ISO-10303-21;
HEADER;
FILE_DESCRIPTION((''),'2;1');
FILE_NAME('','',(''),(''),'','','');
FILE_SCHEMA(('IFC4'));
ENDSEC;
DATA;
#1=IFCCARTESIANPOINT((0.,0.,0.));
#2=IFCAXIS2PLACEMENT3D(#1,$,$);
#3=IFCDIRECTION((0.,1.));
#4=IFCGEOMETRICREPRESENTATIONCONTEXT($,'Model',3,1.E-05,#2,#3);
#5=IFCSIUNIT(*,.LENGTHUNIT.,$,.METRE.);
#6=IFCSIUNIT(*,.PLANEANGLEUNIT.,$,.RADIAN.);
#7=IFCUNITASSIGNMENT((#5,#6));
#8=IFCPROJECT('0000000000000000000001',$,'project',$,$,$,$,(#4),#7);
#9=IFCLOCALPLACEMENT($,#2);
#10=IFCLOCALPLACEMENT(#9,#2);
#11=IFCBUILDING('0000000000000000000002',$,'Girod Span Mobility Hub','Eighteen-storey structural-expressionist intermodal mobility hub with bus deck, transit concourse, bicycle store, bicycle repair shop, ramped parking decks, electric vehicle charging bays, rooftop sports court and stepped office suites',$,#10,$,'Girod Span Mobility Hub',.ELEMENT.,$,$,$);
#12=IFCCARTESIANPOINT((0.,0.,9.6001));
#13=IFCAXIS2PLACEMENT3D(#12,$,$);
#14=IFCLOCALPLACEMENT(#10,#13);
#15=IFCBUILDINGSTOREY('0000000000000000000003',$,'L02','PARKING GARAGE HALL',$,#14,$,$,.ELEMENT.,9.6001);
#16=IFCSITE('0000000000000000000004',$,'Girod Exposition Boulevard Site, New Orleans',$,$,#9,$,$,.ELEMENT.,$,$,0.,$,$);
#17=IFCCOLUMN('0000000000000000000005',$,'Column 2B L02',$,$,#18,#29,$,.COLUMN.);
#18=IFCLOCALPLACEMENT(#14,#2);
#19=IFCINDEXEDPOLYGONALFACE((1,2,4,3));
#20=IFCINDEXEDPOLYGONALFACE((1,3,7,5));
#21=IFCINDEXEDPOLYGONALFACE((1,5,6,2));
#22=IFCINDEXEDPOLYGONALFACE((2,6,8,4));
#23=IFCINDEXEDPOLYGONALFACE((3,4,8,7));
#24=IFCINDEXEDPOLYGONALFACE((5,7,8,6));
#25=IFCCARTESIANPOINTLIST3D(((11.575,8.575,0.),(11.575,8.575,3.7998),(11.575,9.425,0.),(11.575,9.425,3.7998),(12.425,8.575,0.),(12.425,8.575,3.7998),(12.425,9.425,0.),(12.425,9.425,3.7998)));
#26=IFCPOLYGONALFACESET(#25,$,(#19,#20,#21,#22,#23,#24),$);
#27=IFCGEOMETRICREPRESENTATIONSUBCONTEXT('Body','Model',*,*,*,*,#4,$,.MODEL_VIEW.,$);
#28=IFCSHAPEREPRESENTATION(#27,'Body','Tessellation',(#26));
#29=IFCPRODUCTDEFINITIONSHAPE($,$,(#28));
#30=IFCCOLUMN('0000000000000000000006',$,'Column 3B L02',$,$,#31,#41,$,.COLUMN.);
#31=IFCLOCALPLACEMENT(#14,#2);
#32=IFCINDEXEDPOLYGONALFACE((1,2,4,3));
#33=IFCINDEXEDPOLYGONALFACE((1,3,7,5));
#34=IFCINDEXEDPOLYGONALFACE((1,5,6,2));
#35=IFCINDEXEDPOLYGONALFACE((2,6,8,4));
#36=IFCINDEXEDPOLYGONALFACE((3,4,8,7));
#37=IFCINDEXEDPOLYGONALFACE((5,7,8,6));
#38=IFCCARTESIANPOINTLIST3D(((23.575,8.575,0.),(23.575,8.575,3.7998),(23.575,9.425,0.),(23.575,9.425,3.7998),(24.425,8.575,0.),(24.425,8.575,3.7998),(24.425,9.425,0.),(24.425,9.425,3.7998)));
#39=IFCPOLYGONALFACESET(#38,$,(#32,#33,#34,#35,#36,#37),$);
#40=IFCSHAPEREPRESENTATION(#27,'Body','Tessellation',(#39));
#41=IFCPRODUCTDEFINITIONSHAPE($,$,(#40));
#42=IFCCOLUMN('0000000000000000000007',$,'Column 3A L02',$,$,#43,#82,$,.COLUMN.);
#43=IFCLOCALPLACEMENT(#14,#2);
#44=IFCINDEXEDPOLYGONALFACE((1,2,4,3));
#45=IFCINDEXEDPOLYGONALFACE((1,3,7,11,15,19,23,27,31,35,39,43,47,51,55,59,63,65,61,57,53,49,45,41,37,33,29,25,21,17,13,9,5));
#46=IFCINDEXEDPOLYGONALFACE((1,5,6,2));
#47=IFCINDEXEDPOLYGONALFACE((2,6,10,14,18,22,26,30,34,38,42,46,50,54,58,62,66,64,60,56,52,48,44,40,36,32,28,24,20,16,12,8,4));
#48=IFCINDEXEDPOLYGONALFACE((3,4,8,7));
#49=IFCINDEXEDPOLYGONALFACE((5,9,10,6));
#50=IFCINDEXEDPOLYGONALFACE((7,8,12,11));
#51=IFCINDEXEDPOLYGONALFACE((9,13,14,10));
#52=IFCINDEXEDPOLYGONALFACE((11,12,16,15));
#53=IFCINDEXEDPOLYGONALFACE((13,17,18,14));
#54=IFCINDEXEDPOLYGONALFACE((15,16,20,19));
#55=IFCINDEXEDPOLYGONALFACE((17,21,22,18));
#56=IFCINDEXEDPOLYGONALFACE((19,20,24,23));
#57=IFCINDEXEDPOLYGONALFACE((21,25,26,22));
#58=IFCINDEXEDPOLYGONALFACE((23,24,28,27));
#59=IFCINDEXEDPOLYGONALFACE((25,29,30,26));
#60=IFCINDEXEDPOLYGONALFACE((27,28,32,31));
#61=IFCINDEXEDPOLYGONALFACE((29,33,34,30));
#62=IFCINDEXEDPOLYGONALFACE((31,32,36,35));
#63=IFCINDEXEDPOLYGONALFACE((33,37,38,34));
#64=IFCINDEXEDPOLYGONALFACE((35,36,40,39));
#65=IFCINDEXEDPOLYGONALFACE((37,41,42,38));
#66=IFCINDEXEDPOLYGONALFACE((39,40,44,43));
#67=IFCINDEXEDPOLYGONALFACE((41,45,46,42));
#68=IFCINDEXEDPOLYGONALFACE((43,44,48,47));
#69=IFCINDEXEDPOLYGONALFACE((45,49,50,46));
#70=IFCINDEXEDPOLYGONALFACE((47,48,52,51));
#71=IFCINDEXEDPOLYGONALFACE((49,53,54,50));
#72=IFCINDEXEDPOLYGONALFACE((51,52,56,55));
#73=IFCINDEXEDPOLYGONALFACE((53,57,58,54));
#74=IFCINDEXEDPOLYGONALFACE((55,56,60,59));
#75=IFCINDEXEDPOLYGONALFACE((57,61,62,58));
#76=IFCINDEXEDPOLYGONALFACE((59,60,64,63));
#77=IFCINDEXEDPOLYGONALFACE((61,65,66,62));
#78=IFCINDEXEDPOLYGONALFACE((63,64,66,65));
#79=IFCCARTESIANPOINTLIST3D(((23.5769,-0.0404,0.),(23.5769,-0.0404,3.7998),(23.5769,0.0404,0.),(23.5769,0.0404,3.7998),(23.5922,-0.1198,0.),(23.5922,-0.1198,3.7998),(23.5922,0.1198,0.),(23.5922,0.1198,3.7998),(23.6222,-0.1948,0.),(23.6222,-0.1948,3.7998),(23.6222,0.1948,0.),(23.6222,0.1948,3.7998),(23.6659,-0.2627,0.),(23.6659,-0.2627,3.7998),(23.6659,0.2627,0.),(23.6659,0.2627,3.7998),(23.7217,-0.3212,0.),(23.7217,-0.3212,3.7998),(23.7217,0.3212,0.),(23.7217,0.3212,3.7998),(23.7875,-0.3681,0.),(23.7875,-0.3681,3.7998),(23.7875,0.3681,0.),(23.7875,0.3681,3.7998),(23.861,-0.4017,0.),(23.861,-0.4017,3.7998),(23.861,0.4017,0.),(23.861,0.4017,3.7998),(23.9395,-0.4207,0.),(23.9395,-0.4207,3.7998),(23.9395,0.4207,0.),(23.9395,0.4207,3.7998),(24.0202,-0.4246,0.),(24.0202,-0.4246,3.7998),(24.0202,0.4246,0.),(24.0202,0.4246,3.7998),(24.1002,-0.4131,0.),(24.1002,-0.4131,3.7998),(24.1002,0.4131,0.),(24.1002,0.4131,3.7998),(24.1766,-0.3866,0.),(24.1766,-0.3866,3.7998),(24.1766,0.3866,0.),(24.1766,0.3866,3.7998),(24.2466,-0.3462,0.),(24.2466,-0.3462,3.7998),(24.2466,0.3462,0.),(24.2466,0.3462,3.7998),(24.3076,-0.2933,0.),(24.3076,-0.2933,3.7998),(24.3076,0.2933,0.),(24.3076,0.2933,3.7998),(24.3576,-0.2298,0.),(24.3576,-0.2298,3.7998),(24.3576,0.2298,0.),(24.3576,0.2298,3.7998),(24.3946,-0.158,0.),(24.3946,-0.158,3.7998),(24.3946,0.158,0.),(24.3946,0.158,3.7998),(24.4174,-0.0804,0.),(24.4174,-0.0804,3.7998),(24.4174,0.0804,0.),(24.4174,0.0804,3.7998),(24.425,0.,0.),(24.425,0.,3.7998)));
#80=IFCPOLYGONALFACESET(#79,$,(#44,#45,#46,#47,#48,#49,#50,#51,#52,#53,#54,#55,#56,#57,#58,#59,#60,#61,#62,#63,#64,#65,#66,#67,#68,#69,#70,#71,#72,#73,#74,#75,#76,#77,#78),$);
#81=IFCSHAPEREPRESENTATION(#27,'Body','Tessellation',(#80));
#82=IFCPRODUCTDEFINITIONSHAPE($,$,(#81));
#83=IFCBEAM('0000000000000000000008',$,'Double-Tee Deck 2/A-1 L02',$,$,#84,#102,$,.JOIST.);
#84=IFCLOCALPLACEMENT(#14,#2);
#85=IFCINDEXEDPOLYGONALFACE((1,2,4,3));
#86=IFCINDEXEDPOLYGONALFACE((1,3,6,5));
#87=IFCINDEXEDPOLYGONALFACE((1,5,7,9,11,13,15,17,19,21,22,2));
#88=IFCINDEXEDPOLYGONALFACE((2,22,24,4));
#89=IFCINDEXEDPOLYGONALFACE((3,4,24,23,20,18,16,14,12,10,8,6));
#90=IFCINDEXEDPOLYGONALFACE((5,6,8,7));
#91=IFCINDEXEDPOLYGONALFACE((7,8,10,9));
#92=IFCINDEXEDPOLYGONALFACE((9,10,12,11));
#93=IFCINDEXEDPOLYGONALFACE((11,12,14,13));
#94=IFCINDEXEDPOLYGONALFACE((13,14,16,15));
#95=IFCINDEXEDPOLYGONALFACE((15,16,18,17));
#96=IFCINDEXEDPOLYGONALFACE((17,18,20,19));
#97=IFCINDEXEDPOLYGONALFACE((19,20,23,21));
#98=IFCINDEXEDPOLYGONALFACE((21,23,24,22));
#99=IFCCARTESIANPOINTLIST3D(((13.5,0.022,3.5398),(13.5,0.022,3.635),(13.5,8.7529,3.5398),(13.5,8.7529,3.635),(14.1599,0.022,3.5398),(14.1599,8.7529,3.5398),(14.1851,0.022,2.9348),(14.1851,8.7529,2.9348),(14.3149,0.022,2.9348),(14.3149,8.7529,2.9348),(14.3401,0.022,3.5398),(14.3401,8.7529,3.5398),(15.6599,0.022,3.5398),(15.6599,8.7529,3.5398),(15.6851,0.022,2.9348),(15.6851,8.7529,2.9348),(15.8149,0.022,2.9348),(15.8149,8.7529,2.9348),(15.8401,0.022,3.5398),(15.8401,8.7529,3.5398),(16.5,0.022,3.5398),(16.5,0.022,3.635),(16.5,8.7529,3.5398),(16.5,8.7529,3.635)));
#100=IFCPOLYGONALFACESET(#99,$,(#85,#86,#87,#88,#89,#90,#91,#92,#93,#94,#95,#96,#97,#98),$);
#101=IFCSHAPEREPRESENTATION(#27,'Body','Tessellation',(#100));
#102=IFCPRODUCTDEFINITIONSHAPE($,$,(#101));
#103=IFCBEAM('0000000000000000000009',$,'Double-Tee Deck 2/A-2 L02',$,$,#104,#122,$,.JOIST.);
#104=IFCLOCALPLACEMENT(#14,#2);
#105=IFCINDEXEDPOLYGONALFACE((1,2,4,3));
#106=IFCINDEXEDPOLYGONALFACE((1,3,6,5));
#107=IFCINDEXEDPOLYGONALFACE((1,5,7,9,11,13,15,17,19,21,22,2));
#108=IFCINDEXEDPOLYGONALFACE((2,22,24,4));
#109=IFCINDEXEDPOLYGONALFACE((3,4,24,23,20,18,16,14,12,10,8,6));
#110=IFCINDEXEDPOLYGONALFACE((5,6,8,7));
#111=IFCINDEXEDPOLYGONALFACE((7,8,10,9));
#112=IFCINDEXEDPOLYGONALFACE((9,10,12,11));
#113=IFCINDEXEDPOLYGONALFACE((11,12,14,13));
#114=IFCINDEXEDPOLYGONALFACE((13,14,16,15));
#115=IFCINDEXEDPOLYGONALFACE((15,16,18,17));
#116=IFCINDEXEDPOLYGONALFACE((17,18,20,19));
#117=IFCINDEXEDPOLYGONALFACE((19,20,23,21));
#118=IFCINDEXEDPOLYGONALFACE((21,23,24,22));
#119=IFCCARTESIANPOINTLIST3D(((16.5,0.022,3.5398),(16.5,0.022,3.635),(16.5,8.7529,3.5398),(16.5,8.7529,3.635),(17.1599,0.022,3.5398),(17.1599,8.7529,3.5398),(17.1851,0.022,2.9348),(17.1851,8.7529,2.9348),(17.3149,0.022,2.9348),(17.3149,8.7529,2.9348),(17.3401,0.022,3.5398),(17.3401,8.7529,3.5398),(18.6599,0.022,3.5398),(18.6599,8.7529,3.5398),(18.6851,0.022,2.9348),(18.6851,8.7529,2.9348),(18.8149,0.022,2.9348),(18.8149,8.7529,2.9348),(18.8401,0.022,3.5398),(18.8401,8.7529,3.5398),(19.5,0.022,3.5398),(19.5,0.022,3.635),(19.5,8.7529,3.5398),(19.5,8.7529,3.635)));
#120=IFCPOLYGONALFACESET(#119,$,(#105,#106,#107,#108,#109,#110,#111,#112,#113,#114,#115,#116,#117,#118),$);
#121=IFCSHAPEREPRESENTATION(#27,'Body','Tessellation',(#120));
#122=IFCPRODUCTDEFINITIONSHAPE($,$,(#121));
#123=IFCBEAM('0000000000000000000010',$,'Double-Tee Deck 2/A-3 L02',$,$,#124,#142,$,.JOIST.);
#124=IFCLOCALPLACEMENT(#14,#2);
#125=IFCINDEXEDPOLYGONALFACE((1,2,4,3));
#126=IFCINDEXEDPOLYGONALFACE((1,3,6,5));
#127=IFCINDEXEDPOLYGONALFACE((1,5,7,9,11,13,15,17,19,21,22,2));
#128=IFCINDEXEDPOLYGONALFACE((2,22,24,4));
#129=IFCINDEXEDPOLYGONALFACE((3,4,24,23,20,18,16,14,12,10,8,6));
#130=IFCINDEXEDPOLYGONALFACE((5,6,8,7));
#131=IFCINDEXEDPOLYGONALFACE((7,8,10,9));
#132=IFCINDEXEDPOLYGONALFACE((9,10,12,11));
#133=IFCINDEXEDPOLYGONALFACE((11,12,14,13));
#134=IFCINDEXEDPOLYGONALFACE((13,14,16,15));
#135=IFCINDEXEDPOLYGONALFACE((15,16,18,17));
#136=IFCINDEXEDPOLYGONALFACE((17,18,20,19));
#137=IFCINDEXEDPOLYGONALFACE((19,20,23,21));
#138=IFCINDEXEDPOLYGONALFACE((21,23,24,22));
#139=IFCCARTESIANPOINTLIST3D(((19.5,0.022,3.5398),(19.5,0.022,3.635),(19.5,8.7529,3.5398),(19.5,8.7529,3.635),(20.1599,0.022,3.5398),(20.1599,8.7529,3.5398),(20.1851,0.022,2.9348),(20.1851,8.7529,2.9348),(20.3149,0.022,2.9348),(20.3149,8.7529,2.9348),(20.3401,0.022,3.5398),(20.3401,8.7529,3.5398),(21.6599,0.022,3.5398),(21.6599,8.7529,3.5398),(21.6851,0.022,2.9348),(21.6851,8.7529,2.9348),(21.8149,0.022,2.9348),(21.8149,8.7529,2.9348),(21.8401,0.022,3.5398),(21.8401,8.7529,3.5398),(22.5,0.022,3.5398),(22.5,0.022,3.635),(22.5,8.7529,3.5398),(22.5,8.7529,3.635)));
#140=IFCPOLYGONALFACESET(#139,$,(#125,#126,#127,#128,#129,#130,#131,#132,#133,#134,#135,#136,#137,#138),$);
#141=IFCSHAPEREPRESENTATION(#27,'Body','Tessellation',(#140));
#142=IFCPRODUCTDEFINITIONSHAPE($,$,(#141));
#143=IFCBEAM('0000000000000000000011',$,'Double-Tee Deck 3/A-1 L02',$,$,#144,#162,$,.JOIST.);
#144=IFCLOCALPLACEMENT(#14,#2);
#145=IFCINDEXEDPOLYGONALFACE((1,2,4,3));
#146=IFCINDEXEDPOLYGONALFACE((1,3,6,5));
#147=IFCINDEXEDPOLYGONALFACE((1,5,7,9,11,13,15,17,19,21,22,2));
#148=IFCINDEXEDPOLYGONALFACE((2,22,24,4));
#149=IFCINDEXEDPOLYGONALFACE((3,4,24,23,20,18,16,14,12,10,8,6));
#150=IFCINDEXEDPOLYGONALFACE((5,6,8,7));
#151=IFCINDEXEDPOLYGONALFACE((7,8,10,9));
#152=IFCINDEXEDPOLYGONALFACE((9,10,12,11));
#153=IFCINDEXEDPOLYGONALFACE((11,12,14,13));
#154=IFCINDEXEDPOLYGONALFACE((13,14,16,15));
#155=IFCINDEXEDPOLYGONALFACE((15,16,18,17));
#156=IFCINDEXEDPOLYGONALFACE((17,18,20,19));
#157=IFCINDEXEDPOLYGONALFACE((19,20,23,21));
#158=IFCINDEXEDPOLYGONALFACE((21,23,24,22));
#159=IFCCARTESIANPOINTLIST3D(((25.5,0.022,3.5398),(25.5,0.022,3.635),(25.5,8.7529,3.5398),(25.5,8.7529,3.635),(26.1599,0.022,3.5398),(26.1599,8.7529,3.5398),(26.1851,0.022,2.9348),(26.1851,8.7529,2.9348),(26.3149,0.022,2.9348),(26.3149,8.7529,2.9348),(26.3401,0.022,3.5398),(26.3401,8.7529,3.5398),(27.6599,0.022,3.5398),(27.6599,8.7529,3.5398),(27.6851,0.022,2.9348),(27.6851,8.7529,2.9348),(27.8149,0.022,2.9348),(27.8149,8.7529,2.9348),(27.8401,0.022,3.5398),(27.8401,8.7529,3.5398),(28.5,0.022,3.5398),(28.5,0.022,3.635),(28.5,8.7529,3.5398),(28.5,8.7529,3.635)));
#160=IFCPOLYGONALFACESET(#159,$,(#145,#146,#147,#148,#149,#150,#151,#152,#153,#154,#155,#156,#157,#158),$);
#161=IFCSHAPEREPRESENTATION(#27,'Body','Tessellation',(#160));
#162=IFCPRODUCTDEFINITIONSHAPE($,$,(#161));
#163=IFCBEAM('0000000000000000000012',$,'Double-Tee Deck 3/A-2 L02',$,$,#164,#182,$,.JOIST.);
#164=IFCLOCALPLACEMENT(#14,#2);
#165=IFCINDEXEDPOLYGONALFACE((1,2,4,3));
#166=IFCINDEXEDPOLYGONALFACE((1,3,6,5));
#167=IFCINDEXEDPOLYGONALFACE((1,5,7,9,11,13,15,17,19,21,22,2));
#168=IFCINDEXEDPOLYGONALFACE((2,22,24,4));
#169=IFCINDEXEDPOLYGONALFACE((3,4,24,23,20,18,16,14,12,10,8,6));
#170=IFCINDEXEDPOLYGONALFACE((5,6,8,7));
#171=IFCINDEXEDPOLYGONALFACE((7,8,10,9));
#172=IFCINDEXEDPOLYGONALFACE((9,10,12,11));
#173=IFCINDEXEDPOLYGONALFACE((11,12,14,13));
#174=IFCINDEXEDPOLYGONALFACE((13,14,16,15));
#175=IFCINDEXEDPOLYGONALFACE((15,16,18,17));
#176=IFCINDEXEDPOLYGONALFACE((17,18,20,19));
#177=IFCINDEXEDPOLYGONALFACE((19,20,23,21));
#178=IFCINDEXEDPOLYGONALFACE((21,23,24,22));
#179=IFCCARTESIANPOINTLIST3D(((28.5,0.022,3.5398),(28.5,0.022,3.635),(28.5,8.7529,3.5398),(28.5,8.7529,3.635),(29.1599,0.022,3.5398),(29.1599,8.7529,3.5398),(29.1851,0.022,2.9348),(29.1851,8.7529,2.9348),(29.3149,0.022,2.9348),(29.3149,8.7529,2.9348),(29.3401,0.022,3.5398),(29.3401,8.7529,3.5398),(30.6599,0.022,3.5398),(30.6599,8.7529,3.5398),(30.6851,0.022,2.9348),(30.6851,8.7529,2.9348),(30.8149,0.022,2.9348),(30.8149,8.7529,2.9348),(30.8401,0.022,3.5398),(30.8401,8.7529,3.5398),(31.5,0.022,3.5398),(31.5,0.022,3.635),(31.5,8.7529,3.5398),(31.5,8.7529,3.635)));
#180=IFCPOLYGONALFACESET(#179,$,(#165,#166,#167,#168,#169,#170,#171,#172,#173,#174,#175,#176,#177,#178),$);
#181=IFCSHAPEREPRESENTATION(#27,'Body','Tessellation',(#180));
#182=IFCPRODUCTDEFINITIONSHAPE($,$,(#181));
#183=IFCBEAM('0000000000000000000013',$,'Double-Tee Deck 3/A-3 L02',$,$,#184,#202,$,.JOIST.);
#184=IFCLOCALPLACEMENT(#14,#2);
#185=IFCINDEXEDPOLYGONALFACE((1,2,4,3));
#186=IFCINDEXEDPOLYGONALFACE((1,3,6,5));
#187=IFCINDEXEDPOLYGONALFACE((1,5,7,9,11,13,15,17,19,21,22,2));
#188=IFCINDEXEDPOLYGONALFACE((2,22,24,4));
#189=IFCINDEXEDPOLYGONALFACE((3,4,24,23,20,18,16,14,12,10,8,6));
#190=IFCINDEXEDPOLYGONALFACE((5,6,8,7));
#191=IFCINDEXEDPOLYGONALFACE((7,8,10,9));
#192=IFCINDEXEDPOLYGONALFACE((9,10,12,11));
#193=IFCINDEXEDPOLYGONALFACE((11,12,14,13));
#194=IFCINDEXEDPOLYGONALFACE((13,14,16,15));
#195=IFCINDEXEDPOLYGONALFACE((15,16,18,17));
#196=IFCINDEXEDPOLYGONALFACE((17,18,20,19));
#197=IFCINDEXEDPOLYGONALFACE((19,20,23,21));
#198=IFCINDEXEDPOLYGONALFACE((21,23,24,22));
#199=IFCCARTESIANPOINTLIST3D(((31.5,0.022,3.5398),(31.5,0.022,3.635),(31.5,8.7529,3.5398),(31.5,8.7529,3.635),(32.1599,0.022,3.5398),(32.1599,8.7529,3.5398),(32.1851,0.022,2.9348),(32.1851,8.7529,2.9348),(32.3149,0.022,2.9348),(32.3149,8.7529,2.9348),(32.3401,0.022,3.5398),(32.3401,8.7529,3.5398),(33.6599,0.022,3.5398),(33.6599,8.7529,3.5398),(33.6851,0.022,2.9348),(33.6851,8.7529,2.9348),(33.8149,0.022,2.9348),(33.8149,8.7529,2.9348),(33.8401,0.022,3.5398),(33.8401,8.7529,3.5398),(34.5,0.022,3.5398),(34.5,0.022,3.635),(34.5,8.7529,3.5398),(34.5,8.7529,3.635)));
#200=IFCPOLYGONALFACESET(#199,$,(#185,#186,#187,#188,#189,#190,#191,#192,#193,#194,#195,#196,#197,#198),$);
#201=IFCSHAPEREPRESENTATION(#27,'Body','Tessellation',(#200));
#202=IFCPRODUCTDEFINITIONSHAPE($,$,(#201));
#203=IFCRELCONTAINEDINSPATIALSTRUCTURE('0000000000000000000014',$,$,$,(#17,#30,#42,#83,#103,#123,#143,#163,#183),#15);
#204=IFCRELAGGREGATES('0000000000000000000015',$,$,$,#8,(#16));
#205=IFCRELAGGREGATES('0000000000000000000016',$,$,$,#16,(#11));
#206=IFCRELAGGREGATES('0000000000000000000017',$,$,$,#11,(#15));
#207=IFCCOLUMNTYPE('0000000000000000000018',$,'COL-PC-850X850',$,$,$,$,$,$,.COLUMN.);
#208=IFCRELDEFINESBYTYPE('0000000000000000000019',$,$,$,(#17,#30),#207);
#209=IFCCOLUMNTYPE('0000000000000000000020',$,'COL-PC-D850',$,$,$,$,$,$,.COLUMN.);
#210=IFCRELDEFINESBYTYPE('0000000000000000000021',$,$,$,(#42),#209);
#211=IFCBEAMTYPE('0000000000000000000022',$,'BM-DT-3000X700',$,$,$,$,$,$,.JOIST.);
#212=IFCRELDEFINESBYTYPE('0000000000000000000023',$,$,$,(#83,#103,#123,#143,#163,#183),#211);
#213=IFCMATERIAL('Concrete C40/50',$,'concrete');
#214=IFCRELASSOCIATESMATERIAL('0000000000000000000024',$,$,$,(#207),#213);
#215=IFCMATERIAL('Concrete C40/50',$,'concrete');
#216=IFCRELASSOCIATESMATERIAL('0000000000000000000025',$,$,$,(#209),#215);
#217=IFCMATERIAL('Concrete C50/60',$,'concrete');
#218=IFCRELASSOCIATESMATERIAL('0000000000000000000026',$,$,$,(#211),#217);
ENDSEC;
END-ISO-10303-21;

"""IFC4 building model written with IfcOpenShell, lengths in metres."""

from ifc_helpers import new_model, si_unit, direction, frame, origin, origin_2d, place, context, subcontext, project, spatial, polyline, rectangle, circle, outline, extrude, material, material_profile, profile_set, type_object, element, save


model = new_model("IFC4")

# Units and contexts
model_context = context("Model", 3, precision=1e-05, world=origin(), true_north=direction((0.0, 1.0)))
body_context = subcontext(model_context, "Body", "Model", "MODEL_VIEW")
ifc_project = project(units=[si_unit("LENGTHUNIT", "METRE"), si_unit("PLANEANGLEUNIT", "RADIAN")], contexts=[model_context])

# Site, building, storey
site_placement = place(None, origin())
site = spatial("IfcSite", under=ifc_project, at=site_placement, Name="Girod Exposition Boulevard Site, New Orleans", CompositionType="ELEMENT", RefElevation=0.0)
building_placement = place(site_placement, origin())
building = spatial("IfcBuilding", under=site, at=building_placement, Name="Girod Span Mobility Hub", Description="Eighteen-storey structural-expressionist intermodal mobility hub with bus deck, transit concourse, bicycle store, bicycle repair shop, ramped parking decks, electric vehicle charging bays, rooftop sports court and stepped office suites", LongName="Girod Span Mobility Hub", CompositionType="ELEMENT")
storey_placement = place(building_placement, frame((0.0, 0.0, 9.6001)))
storey = spatial("IfcBuildingStorey", under=building, at=storey_placement, Name="L02", Description="PARKING GARAGE HALL", CompositionType="ELEMENT", Elevation=9.6001)

# Columns
ifc_material_1 = material(Name="Concrete C40/50", Category="concrete")
ifc_material_profile_1 = material_profile(ifc_material_1, rectangle(XDim=0.8501, YDim=0.8501, at=origin_2d()), Name="PC-COL-850X850")
ifc_profile_set_1 = profile_set([ifc_material_profile_1], Name="Concrete C40/50")
column_type_1 = type_object("IfcColumnType", Name="COL-PC-850X850", PredefinedType="COLUMN", material=ifc_profile_set_1)
for number, where, z_axis, x_axis, name in (
    (1, (12.0, 9.0, 0.0), (0.0, 0.0, 1.0), (1.0, 0.0, 0.0), "Column 2B L02"),
    (2, (24.0, 9.0, 0.0), (0.0, 0.0, 1.0), (1.0, 0.0, 0.0), "Column 3B L02"),
):
    element("IfcColumn", number, at=place(storey_placement, frame(where, z_axis=z_axis, x_axis=x_axis)), inside=storey, type_object=column_type_1, Name=name, PredefinedType="COLUMN", context=body_context, shape_type="SweptSolid", body=[
        extrude(rectangle(XDim=0.8501, YDim=0.8501, at=origin_2d()), origin(), (0.0, 0.0, 1.0), 3.7998),
    ])
ifc_material_2 = material(Name="Concrete C40/50", Category="concrete")
ifc_material_profile_2 = material_profile(ifc_material_2, circle(Radius=0.425, at=origin_2d()), Name="PC-CIR-D850")
ifc_profile_set_2 = profile_set([ifc_material_profile_2], Name="Concrete C40/50")
column_type_2 = type_object("IfcColumnType", Name="COL-PC-D850", PredefinedType="COLUMN", material=ifc_profile_set_2)
column_placement = place(storey_placement, frame((24.0, 0.0, 0.0), z_axis=(0.0, 0.0, 1.0), x_axis=(1.0, 0.0, 0.0)))
element("IfcColumn", 3, at=column_placement, inside=storey, type_object=column_type_2, Name="Column 3A L02", PredefinedType="COLUMN", context=body_context, shape_type="SweptSolid", body=[
    extrude(circle(Radius=0.425, at=origin_2d()), origin(), (0.0, 0.0, 1.0), 3.7998),
])

# Beams
ifc_material_3 = material(Name="Concrete C50/60", Category="concrete")
ifc_material_profile_3 = material_profile(ifc_material_3, outline(polyline([(-1.5, 0.3501), (-1.5, 0.2549), (-0.8401, 0.2549), (-0.8149, -0.3501), (-0.6851, -0.3501), (-0.6599, 0.2549), (0.6599, 0.2549), (0.6851, -0.3501), (0.8149, -0.3501), (0.8401, 0.2549), (1.5, 0.2549), (1.5, 0.3501), (-1.5, 0.3501)])), Name="DT-3000X700")
ifc_profile_set_3 = profile_set([ifc_material_profile_3], Name="Concrete C50/60")
beam_type_1 = type_object("IfcBeamType", Name="BM-DT-3000X700", PredefinedType="JOIST", material=ifc_profile_set_3)
for number, where, z_axis, x_axis, name in (
    (4, (15.0, 0.022, 3.2849), (0.0, 1.0, 0.0), (-1.0, 0.0, 0.0), "Double-Tee Deck 2/A-1 L02"),
    (5, (18.0, 0.022, 3.2849), (0.0, 1.0, 0.0), (-1.0, 0.0, 0.0), "Double-Tee Deck 2/A-2 L02"),
    (6, (21.0, 0.022, 3.2849), (0.0, 1.0, 0.0), (-1.0, 0.0, 0.0), "Double-Tee Deck 2/A-3 L02"),
    (7, (27.0, 0.022, 3.2849), (0.0, 1.0, 0.0), (-1.0, 0.0, 0.0), "Double-Tee Deck 3/A-1 L02"),
    (8, (30.0, 0.022, 3.2849), (0.0, 1.0, 0.0), (-1.0, 0.0, 0.0), "Double-Tee Deck 3/A-2 L02"),
    (9, (33.0, 0.022, 3.2849), (0.0, 1.0, 0.0), (-1.0, 0.0, 0.0), "Double-Tee Deck 3/A-3 L02"),
):
    element("IfcBeam", number, at=place(storey_placement, frame(where, z_axis=z_axis, x_axis=x_axis)), inside=storey, type_object=beam_type_1, Name=name, PredefinedType="JOIST", context=body_context, shape_type="SweptSolid", body=[
        extrude(outline(polyline([(-1.5, 0.3501), (-1.5, 0.2549), (-0.8401, 0.2549), (-0.8149, -0.3501), (-0.6851, -0.3501), (-0.6599, 0.2549), (0.6599, 0.2549), (0.6851, -0.3501), (0.8149, -0.3501), (0.8401, 0.2549), (1.5, 0.2549), (1.5, 0.3501), (-1.5, 0.3501)])), origin(), (0.0, 0.0, 1.0), 8.731),
    ])

save(model, "model.ifc")
